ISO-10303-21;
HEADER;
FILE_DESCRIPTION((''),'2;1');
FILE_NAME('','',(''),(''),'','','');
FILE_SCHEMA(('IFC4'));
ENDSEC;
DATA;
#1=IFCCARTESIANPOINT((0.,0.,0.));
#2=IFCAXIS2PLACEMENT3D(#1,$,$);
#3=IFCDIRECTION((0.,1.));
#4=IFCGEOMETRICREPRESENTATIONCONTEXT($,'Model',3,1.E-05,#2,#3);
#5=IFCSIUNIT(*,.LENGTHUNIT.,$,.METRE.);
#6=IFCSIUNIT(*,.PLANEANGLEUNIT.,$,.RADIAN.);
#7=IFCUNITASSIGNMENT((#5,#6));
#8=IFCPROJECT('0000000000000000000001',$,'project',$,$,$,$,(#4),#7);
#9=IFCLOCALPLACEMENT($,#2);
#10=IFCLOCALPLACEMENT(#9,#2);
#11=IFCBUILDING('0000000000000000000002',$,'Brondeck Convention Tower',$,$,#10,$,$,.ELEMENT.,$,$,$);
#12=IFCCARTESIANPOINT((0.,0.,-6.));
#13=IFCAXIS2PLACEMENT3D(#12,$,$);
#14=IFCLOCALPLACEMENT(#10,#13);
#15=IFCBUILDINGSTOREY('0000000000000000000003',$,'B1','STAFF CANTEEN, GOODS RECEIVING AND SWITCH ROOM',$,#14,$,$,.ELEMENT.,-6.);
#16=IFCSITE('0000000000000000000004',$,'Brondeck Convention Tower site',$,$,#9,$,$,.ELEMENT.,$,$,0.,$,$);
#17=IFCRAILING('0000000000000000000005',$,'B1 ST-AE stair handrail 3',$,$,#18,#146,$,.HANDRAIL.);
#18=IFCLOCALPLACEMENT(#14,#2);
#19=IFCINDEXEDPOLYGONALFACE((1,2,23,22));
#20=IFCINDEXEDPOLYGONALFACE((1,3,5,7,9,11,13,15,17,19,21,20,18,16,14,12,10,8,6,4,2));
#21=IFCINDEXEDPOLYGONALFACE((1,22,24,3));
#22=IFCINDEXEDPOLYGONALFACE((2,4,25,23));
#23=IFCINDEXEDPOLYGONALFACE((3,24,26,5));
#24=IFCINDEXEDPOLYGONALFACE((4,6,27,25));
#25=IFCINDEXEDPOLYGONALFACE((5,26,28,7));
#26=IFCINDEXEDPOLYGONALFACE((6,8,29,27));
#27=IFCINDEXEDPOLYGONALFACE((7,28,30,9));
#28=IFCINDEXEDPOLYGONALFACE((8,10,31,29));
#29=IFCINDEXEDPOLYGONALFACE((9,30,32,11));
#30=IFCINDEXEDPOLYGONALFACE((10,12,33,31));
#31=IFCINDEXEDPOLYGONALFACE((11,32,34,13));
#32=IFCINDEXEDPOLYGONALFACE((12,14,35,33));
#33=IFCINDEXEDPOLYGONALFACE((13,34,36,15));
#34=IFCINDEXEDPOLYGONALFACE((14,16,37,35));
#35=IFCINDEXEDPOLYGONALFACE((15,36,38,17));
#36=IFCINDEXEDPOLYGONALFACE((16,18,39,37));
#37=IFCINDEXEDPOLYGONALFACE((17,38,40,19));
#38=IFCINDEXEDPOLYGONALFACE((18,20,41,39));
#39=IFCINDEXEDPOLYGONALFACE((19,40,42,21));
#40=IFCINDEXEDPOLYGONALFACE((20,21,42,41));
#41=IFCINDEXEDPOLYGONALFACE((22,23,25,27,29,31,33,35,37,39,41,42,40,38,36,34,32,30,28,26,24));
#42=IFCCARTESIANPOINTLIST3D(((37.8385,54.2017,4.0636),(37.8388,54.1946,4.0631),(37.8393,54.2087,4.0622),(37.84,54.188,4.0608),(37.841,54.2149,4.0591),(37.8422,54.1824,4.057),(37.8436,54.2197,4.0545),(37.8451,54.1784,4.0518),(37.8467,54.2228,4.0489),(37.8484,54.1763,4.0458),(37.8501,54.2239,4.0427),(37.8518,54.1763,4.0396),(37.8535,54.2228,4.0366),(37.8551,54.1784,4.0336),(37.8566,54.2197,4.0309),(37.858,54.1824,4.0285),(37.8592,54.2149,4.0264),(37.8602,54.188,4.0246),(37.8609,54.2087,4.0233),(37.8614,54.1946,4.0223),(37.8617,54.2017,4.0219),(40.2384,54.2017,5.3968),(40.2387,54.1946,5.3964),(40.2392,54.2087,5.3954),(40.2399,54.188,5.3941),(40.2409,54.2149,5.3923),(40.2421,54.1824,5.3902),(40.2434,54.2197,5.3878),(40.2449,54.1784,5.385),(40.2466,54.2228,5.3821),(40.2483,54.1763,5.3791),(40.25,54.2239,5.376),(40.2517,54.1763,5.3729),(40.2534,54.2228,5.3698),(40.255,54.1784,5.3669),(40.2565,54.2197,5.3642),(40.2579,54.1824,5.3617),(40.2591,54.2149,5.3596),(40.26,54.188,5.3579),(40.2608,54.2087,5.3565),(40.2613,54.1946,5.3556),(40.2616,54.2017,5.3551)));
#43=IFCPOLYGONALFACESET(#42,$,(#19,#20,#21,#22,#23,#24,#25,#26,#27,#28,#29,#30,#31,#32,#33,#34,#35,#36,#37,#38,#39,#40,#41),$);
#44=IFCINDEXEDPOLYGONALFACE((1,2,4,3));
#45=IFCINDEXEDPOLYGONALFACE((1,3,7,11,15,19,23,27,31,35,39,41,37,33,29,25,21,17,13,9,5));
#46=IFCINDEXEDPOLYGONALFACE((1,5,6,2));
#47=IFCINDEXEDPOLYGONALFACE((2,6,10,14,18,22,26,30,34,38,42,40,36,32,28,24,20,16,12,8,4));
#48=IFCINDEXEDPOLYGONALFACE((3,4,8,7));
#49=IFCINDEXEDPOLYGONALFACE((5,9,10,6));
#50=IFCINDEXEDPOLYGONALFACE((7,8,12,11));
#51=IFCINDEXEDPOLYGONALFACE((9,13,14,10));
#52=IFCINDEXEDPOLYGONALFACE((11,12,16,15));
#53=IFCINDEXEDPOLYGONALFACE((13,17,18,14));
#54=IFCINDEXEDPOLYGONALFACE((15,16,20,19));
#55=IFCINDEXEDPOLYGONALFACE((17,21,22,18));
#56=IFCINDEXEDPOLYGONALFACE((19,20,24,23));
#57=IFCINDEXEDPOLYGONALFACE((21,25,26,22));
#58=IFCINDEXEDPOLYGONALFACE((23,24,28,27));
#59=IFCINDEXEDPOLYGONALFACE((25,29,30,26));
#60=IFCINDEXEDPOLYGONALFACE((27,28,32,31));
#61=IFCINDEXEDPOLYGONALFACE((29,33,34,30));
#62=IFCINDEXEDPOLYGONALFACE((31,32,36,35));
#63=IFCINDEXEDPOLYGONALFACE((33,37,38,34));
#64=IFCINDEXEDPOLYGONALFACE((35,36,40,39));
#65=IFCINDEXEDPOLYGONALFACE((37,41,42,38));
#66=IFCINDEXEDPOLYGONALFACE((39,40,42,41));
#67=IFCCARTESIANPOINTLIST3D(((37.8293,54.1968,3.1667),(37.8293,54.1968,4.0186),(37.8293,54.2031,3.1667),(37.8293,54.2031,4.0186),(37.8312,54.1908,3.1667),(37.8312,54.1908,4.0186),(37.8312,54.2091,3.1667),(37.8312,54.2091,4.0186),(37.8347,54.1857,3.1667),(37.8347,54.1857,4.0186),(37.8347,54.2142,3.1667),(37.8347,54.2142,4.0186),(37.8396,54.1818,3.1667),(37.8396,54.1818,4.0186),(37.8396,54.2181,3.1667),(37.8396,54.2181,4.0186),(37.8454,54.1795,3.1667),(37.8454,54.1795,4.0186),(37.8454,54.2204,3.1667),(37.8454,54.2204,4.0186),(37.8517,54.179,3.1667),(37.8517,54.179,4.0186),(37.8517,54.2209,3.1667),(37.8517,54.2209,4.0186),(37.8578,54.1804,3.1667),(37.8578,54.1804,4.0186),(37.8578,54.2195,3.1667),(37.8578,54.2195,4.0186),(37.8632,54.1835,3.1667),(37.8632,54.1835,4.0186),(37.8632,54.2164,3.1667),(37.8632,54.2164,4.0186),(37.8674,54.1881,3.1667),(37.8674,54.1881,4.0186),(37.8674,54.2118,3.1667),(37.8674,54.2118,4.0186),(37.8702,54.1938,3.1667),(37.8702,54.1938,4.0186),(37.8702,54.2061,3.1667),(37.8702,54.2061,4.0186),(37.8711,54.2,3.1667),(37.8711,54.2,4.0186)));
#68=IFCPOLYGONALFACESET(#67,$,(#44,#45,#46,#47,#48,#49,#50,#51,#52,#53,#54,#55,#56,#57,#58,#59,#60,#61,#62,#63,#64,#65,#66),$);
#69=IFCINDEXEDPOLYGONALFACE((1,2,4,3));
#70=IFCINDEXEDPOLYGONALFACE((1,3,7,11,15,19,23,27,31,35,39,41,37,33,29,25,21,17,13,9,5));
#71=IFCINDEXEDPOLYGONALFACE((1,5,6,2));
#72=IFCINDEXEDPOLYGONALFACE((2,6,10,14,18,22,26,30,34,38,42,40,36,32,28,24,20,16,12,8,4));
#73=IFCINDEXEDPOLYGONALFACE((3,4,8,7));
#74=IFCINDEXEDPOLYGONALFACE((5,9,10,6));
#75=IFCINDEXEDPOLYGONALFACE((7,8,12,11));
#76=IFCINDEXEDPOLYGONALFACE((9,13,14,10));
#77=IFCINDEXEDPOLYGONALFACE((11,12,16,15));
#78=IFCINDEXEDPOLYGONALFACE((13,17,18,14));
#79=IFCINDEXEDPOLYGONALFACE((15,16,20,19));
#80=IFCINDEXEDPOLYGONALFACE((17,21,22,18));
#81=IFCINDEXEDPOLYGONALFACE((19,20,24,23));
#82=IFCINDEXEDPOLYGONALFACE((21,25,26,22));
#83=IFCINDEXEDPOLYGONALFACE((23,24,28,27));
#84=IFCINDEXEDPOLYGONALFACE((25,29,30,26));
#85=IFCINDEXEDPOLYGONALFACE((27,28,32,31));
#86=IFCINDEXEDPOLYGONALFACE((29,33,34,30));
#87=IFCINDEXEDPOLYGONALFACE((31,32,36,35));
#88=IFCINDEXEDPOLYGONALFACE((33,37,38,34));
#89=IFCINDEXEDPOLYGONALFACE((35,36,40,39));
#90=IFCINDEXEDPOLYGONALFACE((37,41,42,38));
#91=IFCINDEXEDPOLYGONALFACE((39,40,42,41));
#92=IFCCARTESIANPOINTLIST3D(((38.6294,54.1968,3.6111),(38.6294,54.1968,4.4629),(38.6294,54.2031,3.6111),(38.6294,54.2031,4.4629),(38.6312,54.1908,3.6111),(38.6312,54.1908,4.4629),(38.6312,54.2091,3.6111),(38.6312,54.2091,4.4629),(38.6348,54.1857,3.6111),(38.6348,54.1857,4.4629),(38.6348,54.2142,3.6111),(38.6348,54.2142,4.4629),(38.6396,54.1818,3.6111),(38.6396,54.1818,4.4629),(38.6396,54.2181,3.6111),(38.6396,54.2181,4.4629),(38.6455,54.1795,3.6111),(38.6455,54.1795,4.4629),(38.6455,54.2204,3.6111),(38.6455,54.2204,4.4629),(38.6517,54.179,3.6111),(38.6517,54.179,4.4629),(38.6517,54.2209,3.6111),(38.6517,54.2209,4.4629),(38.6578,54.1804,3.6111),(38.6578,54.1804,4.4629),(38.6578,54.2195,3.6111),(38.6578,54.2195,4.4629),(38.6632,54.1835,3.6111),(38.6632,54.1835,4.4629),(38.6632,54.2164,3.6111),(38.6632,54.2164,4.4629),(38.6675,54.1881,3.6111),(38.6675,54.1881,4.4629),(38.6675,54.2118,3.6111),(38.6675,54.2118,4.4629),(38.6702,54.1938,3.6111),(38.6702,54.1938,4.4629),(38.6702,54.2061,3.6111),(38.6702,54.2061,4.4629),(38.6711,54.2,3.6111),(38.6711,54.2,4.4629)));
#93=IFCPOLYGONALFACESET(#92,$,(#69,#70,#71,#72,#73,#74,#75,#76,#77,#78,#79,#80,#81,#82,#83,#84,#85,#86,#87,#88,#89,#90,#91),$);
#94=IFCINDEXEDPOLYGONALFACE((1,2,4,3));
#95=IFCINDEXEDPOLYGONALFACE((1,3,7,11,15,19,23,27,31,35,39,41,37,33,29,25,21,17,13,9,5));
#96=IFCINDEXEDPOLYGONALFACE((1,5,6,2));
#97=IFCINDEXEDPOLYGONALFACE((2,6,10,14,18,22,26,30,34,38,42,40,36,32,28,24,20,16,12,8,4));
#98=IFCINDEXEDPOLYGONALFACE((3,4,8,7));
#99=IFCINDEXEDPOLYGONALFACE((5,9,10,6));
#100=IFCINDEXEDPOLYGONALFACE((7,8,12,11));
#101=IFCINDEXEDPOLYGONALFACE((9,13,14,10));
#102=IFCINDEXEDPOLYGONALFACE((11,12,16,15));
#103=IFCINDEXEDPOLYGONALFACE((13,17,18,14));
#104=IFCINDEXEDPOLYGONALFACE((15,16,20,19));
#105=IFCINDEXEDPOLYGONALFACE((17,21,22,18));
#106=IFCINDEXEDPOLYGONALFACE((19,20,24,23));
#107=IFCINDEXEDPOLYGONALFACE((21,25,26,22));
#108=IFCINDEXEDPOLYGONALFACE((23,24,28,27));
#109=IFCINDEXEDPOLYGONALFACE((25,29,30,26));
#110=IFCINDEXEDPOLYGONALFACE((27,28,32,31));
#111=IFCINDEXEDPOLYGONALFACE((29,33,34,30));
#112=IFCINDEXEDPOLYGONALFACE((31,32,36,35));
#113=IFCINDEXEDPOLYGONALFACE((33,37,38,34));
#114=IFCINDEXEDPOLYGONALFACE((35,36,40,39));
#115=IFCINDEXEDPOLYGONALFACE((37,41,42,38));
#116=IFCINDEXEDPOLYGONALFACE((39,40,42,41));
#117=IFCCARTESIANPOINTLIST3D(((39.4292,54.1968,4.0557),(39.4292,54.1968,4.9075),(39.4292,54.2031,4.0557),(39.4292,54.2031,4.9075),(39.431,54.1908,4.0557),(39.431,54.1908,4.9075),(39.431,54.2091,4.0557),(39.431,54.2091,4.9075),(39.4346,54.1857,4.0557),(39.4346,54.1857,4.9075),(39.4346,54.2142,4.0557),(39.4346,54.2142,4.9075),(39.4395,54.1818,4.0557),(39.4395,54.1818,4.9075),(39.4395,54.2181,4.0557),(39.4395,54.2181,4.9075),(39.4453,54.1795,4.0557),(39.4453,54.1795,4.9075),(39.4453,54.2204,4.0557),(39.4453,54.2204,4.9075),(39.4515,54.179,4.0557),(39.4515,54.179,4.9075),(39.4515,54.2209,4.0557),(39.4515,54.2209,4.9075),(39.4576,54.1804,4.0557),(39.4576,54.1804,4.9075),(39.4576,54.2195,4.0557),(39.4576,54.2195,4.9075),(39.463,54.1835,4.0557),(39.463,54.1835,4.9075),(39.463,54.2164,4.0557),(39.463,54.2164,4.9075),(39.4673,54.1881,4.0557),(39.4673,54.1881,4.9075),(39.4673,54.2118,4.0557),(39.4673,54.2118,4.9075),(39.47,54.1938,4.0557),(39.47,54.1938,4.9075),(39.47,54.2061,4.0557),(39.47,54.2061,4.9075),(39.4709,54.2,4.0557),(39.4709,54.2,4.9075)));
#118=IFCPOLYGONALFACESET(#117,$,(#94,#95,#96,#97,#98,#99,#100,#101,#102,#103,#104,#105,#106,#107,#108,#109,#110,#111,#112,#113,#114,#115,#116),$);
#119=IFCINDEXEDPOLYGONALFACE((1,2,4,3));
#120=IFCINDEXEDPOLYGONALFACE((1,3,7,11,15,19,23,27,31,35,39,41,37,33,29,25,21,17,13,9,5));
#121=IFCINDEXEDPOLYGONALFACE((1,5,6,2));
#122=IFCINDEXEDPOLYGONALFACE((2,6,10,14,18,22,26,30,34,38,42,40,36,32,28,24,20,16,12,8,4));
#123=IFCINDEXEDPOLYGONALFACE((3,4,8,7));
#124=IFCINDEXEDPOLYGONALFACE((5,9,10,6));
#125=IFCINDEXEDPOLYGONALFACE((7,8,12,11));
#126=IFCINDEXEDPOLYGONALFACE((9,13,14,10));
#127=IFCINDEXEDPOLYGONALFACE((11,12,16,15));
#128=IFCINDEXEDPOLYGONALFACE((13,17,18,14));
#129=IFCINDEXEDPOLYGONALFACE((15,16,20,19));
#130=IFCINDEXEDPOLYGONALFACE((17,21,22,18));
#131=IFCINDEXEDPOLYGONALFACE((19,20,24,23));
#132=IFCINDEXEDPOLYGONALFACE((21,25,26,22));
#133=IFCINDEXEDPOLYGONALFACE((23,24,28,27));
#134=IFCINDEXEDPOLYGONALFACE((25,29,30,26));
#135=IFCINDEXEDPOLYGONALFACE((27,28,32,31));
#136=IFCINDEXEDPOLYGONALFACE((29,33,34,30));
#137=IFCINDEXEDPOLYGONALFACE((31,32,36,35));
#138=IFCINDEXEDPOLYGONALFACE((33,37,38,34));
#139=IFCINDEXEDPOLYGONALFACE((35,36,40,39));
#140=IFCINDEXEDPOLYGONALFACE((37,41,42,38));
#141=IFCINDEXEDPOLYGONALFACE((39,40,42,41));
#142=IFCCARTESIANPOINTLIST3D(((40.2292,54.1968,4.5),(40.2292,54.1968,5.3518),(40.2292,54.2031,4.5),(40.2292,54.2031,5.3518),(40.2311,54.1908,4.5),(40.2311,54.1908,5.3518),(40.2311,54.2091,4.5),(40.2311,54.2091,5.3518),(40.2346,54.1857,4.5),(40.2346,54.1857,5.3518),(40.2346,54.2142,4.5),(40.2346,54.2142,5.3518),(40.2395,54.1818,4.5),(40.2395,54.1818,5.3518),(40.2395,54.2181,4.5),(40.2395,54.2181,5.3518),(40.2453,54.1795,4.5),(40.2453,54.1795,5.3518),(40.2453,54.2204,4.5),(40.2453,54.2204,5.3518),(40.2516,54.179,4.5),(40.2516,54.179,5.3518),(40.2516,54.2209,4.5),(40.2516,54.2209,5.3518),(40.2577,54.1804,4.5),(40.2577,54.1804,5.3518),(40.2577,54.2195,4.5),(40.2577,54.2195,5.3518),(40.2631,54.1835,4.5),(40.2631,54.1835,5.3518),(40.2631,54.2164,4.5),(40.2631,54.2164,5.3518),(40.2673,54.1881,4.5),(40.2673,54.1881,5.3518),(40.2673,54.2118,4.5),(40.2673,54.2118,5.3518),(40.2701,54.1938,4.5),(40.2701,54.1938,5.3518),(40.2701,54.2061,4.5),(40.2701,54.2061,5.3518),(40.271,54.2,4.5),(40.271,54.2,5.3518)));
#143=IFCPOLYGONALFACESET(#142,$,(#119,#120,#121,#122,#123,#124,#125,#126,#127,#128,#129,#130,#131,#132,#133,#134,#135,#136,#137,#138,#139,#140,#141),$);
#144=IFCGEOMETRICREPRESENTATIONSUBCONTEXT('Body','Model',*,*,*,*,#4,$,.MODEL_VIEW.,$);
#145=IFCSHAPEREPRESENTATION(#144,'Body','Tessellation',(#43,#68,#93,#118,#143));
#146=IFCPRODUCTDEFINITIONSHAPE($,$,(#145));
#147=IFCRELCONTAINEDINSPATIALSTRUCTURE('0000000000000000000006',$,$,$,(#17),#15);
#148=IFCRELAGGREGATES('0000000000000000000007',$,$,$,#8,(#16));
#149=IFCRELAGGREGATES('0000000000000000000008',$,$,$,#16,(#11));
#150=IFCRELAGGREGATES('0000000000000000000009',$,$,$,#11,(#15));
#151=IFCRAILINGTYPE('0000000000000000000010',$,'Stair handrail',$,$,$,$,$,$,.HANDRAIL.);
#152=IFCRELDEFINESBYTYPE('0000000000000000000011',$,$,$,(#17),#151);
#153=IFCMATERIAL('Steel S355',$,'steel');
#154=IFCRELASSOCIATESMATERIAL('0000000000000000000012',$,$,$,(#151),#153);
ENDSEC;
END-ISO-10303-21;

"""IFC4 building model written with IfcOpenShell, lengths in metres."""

from ifc_helpers import new_model, si_unit, direction, frame, origin, origin_2d, place, context, subcontext, project, spatial, circle, extrude, material, type_object, element, save


model = new_model("IFC4")

# Units and contexts
model_context = context("Model", 3, precision=1e-05, world=origin(), true_north=direction((0.0, 1.0)))
body_context = subcontext(model_context, "Body", "Model", "MODEL_VIEW")
ifc_project = project(units=[si_unit("LENGTHUNIT", "METRE"), si_unit("PLANEANGLEUNIT", "RADIAN")], contexts=[model_context])

# Site, building, storey
site_placement = place(None, origin())
site = spatial("IfcSite", under=ifc_project, at=site_placement, Name="Brondeck Convention Tower site", CompositionType="ELEMENT", RefElevation=0.0)
building_placement = place(site_placement, origin())
building = spatial("IfcBuilding", under=site, at=building_placement, Name="Brondeck Convention Tower", CompositionType="ELEMENT")
storey_placement = place(building_placement, frame((0.0, 0.0, -6.0)))
storey = spatial("IfcBuildingStorey", under=building, at=storey_placement, Name="B1", Description="STAFF CANTEEN, GOODS RECEIVING AND SWITCH ROOM", CompositionType="ELEMENT", Elevation=-6.0)

# Shared definitions
ifc_material_1 = material(Name="Steel S355", Category="steel")

# Railing
railing_type_1 = type_object("IfcRailingType", Name="Stair handrail", PredefinedType="HANDRAIL", material=ifc_material_1)
railing_1_placement = place(storey_placement, frame((37.8501, 54.2, 3.1667)))
element("IfcRailing", 1, at=railing_1_placement, inside=storey, type_object=railing_type_1, Name="B1 ST-AE stair handrail 3", PredefinedType="HANDRAIL", context=body_context, shape_type="SweptSolid", body=[
    extrude(circle(Radius=0.0239, at=origin_2d()), frame((0.0, 0.0, 0.876), z_axis=(0.874161, 0.0, 0.485635), x_axis=(0.0, 1.0, 0.0)), (0.0, 0.0, 1.0), 2.7454),
    extrude(circle(Radius=0.021, at=origin_2d()), origin(), (0.0, 0.0, 1.0), 0.8518),
    extrude(circle(Radius=0.021, at=origin_2d()), frame((0.8, 0.0, 0.4443)), (0.0, 0.0, 1.0), 0.8518),
    extrude(circle(Radius=0.021, at=origin_2d()), frame((1.5999, 0.0, 0.8889)), (0.0, 0.0, 1.0), 0.8518),
    extrude(circle(Radius=0.021, at=origin_2d()), frame((2.3999, 0.0, 1.3333)), (0.0, 0.0, 1.0), 0.8518),
])

save(model, "model.ifc")
